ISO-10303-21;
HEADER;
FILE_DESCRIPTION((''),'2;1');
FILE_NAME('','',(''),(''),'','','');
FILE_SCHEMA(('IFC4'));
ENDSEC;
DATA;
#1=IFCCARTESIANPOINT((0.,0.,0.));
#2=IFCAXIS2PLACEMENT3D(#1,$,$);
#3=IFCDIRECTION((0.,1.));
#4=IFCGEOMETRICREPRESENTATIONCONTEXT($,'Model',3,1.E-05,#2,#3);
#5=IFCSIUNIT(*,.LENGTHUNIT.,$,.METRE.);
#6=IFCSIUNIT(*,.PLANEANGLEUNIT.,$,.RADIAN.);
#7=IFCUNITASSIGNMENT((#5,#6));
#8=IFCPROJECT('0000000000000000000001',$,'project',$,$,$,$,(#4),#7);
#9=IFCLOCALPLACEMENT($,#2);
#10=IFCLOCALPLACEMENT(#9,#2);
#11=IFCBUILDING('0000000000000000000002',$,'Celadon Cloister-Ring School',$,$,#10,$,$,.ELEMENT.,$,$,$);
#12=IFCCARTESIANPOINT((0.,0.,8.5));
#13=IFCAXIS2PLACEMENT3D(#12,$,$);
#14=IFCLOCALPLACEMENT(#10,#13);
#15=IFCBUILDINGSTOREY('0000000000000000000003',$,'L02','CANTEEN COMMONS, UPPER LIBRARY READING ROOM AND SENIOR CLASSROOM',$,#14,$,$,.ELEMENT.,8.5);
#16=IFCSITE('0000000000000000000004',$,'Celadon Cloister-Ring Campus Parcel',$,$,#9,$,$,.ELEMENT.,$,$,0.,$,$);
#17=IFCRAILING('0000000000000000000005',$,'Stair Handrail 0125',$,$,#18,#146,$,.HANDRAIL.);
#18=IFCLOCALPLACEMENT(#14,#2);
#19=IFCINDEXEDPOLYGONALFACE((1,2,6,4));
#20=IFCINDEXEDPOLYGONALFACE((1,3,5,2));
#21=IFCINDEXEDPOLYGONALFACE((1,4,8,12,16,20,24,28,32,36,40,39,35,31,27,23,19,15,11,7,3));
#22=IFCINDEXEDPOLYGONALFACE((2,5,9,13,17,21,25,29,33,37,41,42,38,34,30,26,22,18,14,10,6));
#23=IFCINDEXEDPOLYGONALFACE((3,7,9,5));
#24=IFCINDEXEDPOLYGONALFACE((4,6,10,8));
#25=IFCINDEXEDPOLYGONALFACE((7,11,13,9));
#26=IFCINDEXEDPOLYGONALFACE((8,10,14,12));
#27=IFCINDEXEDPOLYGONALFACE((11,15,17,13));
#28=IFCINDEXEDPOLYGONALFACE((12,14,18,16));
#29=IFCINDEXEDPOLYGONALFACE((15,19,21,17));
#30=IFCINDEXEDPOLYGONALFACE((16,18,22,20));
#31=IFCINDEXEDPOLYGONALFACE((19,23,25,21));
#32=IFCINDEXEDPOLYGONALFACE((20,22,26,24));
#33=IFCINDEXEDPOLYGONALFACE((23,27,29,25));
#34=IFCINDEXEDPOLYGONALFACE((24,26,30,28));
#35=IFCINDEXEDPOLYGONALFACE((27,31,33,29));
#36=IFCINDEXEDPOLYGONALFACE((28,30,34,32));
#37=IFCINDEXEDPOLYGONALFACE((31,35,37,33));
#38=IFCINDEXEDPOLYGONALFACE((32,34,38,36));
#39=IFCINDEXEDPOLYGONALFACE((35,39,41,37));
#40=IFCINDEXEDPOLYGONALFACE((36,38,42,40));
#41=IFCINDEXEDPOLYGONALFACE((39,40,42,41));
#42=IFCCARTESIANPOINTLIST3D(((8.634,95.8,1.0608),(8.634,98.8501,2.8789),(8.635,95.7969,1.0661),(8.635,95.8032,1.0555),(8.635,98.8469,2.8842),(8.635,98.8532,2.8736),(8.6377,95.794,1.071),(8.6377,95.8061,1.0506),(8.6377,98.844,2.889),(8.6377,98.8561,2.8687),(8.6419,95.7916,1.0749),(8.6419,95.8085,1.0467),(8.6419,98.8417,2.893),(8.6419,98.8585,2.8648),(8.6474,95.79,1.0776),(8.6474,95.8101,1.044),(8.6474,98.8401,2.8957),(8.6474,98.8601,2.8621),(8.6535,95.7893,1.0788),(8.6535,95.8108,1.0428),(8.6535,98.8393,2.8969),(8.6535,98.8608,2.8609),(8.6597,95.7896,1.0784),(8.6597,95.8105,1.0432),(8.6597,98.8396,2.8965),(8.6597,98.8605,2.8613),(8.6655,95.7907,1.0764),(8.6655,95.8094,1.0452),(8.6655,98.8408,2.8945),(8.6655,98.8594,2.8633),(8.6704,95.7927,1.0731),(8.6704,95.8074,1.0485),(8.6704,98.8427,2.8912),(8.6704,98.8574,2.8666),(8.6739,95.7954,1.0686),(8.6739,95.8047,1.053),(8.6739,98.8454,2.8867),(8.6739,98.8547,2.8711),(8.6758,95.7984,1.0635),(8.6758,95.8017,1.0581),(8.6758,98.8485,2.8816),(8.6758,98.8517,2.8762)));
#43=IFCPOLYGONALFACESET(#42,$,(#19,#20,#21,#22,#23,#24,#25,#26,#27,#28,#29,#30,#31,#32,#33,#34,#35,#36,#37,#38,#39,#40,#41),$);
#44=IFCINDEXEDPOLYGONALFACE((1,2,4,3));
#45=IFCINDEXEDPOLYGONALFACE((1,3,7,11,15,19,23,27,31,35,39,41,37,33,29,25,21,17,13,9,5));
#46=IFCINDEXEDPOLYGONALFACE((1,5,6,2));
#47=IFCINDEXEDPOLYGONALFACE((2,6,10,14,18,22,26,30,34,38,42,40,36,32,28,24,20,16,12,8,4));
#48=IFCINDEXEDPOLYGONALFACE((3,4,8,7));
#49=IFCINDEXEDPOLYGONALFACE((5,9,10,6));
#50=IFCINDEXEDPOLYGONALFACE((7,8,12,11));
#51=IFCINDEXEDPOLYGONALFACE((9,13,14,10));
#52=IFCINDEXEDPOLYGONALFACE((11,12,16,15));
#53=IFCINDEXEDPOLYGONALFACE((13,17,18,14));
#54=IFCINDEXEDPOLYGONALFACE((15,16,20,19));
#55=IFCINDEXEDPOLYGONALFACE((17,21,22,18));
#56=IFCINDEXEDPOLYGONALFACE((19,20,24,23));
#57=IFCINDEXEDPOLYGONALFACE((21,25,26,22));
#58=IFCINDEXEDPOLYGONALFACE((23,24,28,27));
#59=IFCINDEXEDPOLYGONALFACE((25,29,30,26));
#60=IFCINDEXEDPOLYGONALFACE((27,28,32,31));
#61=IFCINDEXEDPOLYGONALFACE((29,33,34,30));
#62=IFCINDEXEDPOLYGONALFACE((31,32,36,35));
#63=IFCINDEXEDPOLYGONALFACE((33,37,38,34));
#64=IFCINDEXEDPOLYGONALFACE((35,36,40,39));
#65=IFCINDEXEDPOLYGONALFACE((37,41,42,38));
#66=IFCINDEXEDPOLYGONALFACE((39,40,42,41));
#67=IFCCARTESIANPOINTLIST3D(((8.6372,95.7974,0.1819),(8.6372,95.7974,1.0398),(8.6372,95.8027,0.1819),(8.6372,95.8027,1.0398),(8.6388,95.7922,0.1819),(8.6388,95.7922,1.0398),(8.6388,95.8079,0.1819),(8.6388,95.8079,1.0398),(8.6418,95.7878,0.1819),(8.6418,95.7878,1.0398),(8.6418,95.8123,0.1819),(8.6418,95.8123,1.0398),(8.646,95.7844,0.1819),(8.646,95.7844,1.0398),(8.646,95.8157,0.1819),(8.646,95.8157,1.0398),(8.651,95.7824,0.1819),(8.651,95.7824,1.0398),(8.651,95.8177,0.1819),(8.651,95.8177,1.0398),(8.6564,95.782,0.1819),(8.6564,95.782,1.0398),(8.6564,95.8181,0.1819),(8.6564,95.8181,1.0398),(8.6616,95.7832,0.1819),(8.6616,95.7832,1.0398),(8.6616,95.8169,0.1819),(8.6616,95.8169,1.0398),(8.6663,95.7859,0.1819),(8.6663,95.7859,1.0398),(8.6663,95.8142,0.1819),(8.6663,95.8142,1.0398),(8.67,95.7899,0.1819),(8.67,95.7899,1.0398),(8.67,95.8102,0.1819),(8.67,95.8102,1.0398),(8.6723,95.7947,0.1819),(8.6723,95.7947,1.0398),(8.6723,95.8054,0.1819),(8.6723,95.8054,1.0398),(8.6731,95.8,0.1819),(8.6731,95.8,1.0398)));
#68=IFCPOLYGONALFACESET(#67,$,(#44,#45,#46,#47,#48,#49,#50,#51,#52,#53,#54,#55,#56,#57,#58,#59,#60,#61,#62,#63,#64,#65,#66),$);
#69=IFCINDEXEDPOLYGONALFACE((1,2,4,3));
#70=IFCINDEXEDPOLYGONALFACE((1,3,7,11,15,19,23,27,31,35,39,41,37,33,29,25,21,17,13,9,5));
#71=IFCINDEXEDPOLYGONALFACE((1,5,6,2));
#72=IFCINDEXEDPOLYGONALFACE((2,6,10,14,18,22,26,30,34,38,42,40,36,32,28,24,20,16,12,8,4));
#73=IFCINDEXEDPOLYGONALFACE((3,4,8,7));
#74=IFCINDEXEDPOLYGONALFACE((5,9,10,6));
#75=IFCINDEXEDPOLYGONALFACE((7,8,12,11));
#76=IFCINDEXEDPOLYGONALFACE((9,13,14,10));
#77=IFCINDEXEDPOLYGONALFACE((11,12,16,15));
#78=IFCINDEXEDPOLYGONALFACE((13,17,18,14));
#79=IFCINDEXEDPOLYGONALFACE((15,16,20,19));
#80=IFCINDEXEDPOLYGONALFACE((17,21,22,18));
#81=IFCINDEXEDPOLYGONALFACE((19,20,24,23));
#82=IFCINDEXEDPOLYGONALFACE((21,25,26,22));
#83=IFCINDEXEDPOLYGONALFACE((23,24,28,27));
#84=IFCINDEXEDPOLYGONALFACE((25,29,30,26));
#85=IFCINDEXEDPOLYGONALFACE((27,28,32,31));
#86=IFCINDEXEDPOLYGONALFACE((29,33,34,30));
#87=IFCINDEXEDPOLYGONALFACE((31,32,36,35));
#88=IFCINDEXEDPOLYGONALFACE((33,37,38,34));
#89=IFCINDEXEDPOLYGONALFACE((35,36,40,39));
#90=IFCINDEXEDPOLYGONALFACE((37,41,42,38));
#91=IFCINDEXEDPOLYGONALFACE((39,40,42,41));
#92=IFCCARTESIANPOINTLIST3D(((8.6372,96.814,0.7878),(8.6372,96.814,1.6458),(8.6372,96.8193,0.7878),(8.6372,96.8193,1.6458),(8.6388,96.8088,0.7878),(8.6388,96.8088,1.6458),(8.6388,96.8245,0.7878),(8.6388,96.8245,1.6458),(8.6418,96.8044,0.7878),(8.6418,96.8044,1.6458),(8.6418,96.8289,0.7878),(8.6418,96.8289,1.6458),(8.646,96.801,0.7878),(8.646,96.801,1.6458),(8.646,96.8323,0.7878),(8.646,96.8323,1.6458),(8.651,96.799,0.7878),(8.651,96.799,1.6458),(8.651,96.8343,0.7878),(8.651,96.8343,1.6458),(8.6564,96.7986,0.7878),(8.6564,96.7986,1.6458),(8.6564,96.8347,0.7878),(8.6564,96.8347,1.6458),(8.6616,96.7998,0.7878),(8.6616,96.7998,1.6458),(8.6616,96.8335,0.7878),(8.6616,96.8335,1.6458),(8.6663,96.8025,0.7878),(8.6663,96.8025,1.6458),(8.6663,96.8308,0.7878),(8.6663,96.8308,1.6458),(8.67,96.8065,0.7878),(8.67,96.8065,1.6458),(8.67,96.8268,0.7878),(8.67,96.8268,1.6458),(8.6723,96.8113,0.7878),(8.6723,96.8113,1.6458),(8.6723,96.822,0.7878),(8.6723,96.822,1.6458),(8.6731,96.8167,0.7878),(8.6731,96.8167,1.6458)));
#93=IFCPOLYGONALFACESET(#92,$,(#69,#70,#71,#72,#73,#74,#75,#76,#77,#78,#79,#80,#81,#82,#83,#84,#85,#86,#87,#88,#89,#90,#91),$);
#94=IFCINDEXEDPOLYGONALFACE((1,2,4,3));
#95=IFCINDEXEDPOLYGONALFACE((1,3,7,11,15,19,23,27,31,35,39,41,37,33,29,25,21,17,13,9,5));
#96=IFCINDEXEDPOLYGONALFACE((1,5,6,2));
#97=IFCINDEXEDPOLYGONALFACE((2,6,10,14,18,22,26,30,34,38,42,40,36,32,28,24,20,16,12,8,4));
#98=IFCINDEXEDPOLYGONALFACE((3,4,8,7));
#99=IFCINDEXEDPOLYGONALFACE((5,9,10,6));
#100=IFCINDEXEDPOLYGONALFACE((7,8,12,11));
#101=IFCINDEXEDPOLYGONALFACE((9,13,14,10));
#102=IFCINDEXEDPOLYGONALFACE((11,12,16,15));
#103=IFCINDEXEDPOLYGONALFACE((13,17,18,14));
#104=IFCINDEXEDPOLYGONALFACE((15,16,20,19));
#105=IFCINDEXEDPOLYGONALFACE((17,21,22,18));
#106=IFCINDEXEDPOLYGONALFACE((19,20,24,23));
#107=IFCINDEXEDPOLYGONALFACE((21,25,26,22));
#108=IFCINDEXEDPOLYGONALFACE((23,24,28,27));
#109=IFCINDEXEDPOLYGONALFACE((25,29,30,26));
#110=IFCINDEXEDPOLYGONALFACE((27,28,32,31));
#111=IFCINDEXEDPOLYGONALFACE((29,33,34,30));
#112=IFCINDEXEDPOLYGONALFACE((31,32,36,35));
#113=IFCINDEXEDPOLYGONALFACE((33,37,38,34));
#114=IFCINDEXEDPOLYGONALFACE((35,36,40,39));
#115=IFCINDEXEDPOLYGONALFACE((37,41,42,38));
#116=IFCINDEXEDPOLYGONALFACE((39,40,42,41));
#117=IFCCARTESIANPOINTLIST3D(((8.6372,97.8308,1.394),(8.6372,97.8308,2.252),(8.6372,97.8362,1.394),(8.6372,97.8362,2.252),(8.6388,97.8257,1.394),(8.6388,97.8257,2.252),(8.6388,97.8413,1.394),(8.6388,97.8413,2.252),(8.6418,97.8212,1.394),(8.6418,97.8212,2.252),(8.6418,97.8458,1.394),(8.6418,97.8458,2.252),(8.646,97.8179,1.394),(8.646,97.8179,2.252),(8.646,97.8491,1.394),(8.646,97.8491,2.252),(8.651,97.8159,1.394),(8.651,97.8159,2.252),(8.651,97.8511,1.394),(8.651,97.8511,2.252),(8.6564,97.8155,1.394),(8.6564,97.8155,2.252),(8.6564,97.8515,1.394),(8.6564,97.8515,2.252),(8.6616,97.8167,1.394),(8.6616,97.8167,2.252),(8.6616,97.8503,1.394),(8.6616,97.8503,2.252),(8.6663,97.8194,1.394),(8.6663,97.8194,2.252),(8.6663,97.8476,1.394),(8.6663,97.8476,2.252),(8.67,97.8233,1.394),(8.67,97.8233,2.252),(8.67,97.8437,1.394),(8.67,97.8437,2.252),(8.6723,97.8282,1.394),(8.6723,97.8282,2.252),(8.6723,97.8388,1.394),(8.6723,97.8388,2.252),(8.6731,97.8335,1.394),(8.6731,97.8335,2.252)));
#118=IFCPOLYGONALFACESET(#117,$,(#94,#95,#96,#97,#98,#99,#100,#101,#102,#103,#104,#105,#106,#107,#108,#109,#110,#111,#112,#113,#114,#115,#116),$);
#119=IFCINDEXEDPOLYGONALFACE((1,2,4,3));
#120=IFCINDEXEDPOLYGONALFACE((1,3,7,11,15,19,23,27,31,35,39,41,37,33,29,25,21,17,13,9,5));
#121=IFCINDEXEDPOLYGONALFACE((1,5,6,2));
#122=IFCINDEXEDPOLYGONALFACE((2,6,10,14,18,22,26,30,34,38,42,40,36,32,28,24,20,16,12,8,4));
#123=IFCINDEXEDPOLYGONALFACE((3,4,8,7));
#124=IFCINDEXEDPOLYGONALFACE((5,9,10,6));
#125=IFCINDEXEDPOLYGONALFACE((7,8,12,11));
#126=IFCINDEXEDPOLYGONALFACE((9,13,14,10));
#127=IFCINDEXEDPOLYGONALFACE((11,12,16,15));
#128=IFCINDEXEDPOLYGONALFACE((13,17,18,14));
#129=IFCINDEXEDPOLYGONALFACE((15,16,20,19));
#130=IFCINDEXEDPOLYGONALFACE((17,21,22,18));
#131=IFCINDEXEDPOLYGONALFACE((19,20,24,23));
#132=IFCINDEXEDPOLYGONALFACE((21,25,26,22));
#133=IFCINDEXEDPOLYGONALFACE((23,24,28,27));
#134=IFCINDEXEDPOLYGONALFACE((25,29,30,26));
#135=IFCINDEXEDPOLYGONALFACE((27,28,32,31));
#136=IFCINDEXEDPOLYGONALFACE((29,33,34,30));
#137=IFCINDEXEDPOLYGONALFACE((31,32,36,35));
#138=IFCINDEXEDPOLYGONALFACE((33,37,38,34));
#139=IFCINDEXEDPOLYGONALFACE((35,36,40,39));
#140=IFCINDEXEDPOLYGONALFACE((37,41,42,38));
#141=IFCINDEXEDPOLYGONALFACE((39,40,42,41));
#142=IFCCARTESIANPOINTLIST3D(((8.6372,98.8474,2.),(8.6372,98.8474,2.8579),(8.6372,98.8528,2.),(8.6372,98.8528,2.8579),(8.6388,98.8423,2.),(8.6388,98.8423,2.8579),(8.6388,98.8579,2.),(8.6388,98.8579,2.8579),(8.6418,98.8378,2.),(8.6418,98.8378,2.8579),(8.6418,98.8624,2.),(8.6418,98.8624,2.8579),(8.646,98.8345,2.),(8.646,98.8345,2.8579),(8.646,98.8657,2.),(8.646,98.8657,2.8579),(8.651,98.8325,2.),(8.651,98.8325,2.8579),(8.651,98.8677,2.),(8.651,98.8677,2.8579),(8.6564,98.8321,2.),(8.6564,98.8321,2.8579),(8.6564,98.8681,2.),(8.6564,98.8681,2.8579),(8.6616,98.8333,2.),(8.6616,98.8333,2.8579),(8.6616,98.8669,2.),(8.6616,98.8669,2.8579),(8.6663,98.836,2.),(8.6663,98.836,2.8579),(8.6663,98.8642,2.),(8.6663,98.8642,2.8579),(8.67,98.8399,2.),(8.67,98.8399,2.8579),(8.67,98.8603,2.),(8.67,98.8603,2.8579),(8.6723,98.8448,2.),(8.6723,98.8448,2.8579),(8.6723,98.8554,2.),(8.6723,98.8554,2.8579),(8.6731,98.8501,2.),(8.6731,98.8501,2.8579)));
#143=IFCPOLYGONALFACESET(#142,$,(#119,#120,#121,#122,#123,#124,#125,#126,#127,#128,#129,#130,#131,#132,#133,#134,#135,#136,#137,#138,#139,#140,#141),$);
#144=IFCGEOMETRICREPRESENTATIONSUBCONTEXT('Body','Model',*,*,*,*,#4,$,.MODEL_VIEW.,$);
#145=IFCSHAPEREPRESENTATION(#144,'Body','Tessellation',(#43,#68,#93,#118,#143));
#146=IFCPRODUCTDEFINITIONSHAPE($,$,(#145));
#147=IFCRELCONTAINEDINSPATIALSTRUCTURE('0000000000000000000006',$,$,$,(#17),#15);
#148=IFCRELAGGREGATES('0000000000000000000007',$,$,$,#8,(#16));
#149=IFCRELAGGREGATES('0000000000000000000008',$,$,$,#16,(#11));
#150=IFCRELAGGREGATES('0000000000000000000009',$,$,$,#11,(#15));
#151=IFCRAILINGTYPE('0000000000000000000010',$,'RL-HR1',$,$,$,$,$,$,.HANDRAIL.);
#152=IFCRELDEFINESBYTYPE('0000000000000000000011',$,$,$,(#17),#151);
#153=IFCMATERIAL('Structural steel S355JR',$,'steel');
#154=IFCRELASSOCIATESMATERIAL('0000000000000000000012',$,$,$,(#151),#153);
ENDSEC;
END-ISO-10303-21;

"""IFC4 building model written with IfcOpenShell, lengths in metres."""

from ifc_helpers import new_model, si_unit, direction, frame, origin, origin_2d, place, context, subcontext, project, spatial, circle, extrude, material, type_object, element, save


model = new_model("IFC4")

# Units and contexts
model_context = context("Model", 3, precision=1e-05, world=origin(), true_north=direction((0.0, 1.0)))
body_context = subcontext(model_context, "Body", "Model", "MODEL_VIEW")
ifc_project = project(units=[si_unit("LENGTHUNIT", "METRE"), si_unit("PLANEANGLEUNIT", "RADIAN")], contexts=[model_context])

# Site, building, storey
site_placement = place(None, origin())
site = spatial("IfcSite", under=ifc_project, at=site_placement, Name="Celadon Cloister-Ring Campus Parcel", CompositionType="ELEMENT", RefElevation=0.0)
building_placement = place(site_placement, origin())
building = spatial("IfcBuilding", under=site, at=building_placement, Name="Celadon Cloister-Ring School", CompositionType="ELEMENT")
storey_placement = place(building_placement, frame((0.0, 0.0, 8.5)))
storey = spatial("IfcBuildingStorey", under=building, at=storey_placement, Name="L02", Description="CANTEEN COMMONS, UPPER LIBRARY READING ROOM AND SENIOR CLASSROOM", CompositionType="ELEMENT", Elevation=8.5)

# Railing
ifc_material_1 = material(Name="Structural steel S355JR", Category="steel")
railing_type_1 = type_object("IfcRailingType", Name="RL-HR1", PredefinedType="HANDRAIL", material=ifc_material_1)
for number, where, name in (
    (1, (8.655, 95.8, 0.1819), "Stair Handrail 0125"),
):
    element("IfcRailing", number, at=place(storey_placement, frame(where)), inside=storey, type_object=railing_type_1, Name=name, PredefinedType="HANDRAIL", context=body_context, shape_type="SweptSolid", body=[
        extrude(circle(Radius=0.021, at=origin_2d()), frame((0.0, 0.0, 0.8789), z_axis=(0.0, 0.85897, 0.512026), x_axis=(-1.0, 0.0, 0.0)), (0.0, 0.0, 1.0), 3.5508),
        extrude(circle(Radius=0.0181, at=origin_2d()), origin(), (0.0, 0.0, 1.0), 0.8579),
        extrude(circle(Radius=0.0181, at=origin_2d()), frame((0.0, 1.0166, 0.606)), (0.0, 0.0, 1.0), 0.8579),
        extrude(circle(Radius=0.0181, at=origin_2d()), frame((0.0, 2.0334, 1.2122)), (0.0, 0.0, 1.0), 0.8579),
        extrude(circle(Radius=0.0181, at=origin_2d()), frame((0.0, 3.05, 1.8181)), (0.0, 0.0, 1.0), 0.8579),
    ])

save(model, "model.ifc")
